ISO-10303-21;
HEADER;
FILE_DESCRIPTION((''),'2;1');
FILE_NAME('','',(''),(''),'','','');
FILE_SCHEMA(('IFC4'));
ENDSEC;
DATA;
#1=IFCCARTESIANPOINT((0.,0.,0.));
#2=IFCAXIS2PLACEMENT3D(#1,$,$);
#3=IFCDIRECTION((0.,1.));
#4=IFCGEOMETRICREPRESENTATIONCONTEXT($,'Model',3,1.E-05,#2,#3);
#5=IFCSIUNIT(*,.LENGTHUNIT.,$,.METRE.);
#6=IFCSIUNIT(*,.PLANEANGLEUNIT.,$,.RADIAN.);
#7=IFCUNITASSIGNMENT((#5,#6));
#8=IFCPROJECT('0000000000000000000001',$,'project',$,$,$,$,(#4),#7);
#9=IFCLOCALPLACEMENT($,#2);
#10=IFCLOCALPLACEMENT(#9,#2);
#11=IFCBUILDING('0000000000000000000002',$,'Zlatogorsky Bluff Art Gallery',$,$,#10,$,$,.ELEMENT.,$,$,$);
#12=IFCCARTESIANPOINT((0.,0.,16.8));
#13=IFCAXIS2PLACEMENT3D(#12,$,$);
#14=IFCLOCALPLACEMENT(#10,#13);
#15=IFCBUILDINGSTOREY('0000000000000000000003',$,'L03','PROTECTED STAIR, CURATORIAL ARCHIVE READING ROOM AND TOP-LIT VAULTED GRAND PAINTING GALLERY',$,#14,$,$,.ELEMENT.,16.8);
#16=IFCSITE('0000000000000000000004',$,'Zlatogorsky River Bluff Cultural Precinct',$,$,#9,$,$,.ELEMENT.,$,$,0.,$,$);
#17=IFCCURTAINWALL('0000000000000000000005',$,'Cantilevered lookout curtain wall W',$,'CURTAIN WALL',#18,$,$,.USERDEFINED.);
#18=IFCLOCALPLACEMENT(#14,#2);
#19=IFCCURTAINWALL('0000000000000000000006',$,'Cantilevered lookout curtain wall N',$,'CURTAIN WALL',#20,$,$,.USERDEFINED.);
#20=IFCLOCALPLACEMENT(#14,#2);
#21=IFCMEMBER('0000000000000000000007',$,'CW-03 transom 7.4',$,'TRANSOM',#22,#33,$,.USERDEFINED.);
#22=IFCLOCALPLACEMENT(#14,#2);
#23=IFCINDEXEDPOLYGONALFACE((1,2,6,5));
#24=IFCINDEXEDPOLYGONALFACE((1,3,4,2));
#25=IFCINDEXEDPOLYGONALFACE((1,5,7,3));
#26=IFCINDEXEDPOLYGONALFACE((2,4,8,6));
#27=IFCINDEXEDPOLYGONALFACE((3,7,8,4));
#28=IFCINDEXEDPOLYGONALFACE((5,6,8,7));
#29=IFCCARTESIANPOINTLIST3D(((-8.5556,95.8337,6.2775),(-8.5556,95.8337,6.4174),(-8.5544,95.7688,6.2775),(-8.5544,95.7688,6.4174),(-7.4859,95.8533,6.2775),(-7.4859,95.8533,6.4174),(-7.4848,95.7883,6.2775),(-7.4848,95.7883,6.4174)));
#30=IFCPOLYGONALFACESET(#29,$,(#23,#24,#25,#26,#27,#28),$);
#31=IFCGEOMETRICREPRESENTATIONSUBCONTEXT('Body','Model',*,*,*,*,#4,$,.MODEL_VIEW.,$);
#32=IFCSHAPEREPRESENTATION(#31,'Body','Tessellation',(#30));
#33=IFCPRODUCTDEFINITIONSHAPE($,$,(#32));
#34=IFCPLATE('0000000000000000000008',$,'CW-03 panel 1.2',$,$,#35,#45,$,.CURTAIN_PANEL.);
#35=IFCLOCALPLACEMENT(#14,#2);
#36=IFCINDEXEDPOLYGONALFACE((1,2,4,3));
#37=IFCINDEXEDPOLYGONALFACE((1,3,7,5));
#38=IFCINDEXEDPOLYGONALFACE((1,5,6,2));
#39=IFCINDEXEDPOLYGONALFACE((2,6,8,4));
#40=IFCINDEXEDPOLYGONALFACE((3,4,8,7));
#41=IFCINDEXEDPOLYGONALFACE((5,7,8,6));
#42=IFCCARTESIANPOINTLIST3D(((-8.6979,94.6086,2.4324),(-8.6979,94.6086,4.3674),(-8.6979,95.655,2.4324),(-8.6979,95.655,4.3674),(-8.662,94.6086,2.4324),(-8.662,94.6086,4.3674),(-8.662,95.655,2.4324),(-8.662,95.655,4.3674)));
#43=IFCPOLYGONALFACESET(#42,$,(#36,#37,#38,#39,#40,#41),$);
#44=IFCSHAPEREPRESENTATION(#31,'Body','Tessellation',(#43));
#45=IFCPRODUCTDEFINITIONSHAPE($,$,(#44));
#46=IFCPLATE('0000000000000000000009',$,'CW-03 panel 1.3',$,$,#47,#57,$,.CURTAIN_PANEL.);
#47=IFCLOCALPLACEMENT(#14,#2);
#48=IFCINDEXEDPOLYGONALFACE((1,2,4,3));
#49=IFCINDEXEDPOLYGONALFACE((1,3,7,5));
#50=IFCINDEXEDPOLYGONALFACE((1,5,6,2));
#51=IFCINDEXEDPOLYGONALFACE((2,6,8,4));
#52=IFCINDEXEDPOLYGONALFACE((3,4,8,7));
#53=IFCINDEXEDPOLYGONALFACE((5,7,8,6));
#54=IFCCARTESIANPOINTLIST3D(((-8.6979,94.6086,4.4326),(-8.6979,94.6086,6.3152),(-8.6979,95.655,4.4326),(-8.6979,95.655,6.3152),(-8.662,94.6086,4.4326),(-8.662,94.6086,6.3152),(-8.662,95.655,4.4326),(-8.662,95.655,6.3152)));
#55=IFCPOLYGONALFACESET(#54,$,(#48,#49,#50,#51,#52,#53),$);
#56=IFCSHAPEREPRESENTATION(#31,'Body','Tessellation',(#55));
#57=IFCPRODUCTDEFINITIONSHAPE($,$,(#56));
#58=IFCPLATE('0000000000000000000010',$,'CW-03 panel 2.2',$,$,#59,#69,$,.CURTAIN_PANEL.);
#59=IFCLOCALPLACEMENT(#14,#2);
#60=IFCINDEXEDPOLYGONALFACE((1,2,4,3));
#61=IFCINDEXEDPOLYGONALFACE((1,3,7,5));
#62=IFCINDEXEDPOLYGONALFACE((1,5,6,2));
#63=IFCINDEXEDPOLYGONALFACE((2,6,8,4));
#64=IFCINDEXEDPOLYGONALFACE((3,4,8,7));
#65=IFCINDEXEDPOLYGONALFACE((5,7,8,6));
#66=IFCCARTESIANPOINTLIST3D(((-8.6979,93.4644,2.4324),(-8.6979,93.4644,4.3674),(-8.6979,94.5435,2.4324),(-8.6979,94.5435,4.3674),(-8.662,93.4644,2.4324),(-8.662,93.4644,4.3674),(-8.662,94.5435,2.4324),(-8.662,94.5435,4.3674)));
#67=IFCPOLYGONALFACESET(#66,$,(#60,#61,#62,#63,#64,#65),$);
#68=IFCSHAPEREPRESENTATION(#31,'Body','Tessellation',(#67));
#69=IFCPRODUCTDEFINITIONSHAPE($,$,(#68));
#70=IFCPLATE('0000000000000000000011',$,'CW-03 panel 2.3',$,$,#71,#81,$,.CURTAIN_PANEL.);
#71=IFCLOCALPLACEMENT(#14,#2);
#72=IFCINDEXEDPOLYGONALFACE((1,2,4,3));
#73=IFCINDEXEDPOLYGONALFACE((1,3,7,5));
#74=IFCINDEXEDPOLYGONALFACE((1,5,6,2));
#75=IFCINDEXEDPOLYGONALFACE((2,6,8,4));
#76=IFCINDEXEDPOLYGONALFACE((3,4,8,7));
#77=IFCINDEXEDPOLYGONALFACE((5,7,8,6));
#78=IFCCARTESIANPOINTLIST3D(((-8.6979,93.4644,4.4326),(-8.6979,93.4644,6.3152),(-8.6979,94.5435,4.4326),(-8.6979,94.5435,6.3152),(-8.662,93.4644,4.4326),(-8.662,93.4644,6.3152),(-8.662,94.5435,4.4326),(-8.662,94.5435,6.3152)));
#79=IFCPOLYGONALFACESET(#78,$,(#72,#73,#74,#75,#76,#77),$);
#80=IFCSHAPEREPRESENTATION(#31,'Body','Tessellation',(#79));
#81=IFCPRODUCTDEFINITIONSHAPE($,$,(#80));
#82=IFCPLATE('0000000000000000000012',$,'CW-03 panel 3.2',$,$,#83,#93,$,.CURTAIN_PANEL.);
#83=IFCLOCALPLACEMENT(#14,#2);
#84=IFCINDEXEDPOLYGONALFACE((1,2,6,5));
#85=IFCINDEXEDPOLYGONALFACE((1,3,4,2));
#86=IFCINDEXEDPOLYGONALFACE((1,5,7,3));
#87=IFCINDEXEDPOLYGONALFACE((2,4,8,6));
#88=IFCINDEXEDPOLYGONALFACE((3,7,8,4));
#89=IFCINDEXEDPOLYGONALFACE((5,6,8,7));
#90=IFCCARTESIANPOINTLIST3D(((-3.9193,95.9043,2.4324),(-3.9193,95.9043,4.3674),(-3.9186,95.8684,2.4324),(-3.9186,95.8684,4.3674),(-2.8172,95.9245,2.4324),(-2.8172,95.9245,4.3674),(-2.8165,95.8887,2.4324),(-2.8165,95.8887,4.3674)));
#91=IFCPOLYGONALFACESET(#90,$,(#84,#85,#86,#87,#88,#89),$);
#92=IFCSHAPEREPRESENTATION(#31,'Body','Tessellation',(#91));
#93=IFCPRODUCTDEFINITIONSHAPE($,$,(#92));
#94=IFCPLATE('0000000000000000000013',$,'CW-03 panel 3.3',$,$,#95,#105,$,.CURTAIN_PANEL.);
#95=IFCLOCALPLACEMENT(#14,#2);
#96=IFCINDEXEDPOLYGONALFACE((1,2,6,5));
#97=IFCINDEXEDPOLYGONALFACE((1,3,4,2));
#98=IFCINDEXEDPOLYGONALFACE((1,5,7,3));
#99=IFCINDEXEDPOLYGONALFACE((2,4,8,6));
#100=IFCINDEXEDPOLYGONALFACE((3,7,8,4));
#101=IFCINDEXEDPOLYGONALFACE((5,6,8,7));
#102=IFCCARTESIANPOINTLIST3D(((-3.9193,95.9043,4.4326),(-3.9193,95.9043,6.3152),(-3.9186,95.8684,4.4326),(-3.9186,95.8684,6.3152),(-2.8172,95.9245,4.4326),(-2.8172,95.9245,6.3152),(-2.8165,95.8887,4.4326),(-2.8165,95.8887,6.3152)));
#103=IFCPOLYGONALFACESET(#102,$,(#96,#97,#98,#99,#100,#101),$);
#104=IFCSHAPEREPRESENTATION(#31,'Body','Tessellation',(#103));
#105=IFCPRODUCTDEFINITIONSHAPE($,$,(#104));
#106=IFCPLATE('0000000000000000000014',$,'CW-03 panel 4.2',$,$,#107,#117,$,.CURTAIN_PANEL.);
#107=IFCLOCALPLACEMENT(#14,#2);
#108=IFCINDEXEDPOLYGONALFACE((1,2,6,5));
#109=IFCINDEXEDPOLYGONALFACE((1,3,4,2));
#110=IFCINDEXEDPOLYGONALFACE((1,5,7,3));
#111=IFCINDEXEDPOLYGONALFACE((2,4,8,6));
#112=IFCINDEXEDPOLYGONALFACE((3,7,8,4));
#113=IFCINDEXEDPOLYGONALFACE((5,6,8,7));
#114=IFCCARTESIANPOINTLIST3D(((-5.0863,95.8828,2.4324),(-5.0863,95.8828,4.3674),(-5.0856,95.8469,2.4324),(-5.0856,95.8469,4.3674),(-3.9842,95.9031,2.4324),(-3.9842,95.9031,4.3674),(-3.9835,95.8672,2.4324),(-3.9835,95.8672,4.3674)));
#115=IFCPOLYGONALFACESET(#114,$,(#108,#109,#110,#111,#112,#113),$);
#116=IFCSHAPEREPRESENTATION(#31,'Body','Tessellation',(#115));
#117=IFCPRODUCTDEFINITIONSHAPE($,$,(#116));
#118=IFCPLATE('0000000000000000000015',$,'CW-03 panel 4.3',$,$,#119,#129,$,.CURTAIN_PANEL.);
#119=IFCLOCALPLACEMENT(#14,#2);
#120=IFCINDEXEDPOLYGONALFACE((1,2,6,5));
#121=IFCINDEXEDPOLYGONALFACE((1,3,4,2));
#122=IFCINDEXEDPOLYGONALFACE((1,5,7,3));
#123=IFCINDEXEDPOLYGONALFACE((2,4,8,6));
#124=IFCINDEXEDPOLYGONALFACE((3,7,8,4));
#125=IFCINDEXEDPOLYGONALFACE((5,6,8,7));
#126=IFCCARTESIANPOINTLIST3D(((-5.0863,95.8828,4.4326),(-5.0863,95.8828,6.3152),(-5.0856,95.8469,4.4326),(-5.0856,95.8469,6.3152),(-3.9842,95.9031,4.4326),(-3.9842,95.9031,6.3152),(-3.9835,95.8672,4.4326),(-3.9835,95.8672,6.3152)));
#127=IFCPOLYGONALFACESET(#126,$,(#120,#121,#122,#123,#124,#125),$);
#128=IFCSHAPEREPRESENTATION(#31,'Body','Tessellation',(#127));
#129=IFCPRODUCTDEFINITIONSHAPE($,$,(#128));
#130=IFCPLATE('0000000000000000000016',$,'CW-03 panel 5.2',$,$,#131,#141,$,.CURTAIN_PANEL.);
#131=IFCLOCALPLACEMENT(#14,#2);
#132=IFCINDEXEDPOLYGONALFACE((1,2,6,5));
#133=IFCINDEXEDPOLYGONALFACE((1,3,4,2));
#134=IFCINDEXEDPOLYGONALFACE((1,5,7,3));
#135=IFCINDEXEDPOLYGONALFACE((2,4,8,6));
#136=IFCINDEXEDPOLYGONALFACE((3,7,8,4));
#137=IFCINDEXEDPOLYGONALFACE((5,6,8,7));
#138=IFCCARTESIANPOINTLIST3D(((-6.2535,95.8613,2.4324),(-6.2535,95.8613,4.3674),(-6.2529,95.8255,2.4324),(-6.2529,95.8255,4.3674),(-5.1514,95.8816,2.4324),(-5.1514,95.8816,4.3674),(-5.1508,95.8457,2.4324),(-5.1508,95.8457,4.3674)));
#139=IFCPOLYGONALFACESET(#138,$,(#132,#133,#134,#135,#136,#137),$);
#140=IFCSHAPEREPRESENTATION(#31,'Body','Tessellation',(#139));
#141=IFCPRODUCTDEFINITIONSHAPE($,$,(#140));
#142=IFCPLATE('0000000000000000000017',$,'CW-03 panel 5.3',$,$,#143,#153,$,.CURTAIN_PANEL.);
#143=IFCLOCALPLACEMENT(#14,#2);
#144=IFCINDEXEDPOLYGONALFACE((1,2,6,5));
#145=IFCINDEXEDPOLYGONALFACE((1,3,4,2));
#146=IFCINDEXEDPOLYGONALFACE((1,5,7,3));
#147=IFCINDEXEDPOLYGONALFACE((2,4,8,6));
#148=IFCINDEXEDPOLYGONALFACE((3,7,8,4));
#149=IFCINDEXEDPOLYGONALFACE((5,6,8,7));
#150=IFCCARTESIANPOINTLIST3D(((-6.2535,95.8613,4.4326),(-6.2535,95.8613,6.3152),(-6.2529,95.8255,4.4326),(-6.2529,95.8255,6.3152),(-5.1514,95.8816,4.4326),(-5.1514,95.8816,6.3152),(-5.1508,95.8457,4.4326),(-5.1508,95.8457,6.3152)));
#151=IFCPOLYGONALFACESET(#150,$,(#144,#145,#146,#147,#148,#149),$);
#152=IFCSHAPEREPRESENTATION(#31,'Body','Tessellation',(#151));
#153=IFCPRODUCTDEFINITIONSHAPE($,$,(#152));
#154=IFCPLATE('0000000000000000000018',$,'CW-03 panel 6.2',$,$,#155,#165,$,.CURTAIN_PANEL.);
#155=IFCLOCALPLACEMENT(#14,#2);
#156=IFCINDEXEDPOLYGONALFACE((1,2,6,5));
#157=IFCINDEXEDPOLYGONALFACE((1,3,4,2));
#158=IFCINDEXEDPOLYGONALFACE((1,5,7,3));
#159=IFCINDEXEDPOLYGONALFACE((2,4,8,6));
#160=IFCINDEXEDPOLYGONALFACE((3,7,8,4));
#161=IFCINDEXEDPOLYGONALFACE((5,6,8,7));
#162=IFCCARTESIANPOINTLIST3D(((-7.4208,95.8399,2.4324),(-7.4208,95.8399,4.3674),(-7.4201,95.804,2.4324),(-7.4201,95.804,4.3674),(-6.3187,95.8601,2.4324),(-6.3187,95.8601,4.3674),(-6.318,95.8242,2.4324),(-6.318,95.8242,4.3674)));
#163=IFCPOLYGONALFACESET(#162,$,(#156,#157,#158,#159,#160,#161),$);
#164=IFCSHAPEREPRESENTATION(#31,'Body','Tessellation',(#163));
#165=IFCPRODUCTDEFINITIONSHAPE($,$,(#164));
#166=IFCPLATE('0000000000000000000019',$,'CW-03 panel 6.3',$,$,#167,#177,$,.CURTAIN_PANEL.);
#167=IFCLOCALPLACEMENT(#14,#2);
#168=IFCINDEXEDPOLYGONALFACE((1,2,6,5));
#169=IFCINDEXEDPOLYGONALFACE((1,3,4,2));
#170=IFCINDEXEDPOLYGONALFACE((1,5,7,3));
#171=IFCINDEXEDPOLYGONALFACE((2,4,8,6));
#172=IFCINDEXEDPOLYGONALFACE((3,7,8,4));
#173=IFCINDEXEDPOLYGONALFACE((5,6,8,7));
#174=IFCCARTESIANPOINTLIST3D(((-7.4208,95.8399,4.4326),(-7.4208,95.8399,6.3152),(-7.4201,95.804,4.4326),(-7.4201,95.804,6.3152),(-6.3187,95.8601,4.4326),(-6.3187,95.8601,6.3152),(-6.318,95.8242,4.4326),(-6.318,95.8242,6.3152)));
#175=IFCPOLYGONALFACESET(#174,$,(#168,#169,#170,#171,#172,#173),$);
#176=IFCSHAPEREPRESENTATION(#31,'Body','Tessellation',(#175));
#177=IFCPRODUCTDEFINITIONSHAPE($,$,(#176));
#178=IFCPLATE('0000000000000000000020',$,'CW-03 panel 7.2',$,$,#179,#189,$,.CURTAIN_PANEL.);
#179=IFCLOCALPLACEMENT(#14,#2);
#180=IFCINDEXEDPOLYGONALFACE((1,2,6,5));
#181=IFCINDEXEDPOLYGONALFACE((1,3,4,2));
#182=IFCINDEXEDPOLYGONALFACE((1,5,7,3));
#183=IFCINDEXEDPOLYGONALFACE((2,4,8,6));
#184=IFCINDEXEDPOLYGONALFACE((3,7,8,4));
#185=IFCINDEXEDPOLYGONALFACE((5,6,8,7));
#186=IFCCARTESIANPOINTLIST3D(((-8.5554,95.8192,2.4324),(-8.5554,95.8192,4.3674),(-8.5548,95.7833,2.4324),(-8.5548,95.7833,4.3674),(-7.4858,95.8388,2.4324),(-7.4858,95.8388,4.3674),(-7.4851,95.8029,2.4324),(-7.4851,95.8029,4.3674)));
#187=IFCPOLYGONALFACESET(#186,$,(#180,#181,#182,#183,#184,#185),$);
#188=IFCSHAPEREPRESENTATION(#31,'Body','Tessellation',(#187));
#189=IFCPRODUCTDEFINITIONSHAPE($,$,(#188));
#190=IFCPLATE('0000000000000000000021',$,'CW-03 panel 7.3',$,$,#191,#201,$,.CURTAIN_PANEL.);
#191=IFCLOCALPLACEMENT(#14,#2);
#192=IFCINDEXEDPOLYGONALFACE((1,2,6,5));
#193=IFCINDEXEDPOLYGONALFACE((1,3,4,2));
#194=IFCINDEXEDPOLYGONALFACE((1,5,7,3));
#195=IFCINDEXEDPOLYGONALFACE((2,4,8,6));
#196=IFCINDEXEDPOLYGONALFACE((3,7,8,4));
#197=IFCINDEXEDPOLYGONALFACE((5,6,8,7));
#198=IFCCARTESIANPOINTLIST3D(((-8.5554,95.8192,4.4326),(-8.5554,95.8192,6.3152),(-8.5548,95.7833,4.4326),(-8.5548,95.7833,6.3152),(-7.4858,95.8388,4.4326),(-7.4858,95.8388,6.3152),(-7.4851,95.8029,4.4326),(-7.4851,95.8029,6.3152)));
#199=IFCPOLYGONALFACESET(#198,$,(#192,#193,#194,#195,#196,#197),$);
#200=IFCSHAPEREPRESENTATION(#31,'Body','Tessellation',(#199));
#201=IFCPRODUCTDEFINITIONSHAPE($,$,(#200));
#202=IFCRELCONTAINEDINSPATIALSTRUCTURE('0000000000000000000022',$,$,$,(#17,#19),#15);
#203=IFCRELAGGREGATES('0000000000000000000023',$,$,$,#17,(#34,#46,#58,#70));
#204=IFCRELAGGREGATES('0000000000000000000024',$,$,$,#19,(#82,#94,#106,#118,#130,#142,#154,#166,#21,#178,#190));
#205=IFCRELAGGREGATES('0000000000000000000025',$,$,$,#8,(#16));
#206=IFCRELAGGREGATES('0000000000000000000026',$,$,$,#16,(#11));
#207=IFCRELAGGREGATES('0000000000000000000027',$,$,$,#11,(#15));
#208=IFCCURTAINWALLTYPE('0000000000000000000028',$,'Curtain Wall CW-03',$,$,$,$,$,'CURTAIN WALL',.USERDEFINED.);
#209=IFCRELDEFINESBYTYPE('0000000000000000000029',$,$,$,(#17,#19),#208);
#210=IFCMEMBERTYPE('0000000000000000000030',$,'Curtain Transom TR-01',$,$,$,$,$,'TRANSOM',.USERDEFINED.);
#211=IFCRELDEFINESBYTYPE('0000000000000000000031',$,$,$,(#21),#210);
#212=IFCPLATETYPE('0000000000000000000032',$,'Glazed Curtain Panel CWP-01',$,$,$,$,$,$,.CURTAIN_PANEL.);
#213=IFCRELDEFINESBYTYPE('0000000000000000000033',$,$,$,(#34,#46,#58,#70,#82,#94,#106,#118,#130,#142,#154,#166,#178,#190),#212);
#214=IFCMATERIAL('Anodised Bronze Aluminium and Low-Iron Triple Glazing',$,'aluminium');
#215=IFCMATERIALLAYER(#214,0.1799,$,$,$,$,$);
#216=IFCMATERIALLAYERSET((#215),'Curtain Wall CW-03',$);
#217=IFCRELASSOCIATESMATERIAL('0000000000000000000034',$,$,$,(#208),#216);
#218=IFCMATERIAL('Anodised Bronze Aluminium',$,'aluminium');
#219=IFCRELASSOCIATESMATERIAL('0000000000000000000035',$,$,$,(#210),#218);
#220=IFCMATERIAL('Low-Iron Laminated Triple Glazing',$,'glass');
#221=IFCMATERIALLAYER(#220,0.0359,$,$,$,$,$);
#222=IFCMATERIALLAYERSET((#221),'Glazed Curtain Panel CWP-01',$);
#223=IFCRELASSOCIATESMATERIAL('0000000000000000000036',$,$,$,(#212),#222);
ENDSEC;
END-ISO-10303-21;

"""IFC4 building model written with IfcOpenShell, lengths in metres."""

from ifc_helpers import new_model, si_unit, direction, frame, origin, origin_2d, place, context, subcontext, project, spatial, rectangle, extrude, material, layer, layer_set, material_profile, profile_set, type_object, element, aggregate, save


model = new_model("IFC4")

# Units and contexts
model_context = context("Model", 3, precision=1e-05, world=origin(), true_north=direction((0.0, 1.0)))
body_context = subcontext(model_context, "Body", "Model", "MODEL_VIEW")
ifc_project = project(units=[si_unit("LENGTHUNIT", "METRE"), si_unit("PLANEANGLEUNIT", "RADIAN")], contexts=[model_context])

# Site, building, storey
site_placement = place(None, origin())
site = spatial("IfcSite", under=ifc_project, at=site_placement, Name="Zlatogorsky River Bluff Cultural Precinct", CompositionType="ELEMENT", RefElevation=0.0)
building_placement = place(site_placement, origin())
building = spatial("IfcBuilding", under=site, at=building_placement, Name="Zlatogorsky Bluff Art Gallery", CompositionType="ELEMENT")
storey_placement = place(building_placement, frame((0.0, 0.0, 16.8)))
storey = spatial("IfcBuildingStorey", under=building, at=storey_placement, Name="L03", Description="PROTECTED STAIR, CURATORIAL ARCHIVE READING ROOM AND TOP-LIT VAULTED GRAND PAINTING GALLERY", CompositionType="ELEMENT", Elevation=16.8)

# Curtain walls, member
ifc_material_1 = material(Name="Anodised Bronze Aluminium and Low-Iron Triple Glazing", Category="aluminium")
ifc_layer_1 = layer(ifc_material_1, 0.1799)
ifc_layer_set_1 = layer_set([ifc_layer_1], Name="Curtain Wall CW-03")
curtain_wall_type = type_object("IfcCurtainWallType", Name="Curtain Wall CW-03", ElementType="CURTAIN WALL", PredefinedType="USERDEFINED", material=ifc_layer_set_1)
curtain_wall_1_placement = place(storey_placement, origin())
curtain_wall_1 = element("IfcCurtainWall", 1, at=curtain_wall_1_placement, inside=storey, type_object=curtain_wall_type, Name="Cantilevered lookout curtain wall W", ObjectType="CURTAIN WALL", PredefinedType="USERDEFINED")
ifc_material_2 = material(Name="Anodised Bronze Aluminium", Category="aluminium")
ifc_material_profile = material_profile(ifc_material_2, rectangle(XDim=0.0649, YDim=0.1399, at=origin_2d()), Name="ALU TRANSOM 65x140")
ifc_profile_set = profile_set([ifc_material_profile], Name="Anodised Bronze Aluminium")
member_type = type_object("IfcMemberType", Name="Curtain Transom TR-01", ElementType="TRANSOM", PredefinedType="USERDEFINED", material=ifc_profile_set)
curtain_wall_2_placement = place(storey_placement, origin())
curtain_wall_2 = element("IfcCurtainWall", 2, at=curtain_wall_2_placement, inside=storey, type_object=curtain_wall_type, Name="Cantilevered lookout curtain wall N", ObjectType="CURTAIN WALL", PredefinedType="USERDEFINED")
member_1_placement = place(storey_placement, frame((-7.4854, 95.8208, 6.3474), z_axis=(-0.999833, -0.018258, 0.0), x_axis=(0.018258, -0.999833, 0.0)))
member_1 = element("IfcMember", 3, at=member_1_placement, type_object=member_type, Name="CW-03 transom 7.4", ObjectType="TRANSOM", PredefinedType="USERDEFINED", context=body_context, shape_type="SweptSolid", body=[
    extrude(rectangle(XDim=0.0649, YDim=0.1399, at=origin_2d()), origin(), (0.0, 0.0, 1.0), 1.0698),
])

# Plates
ifc_material_3 = material(Name="Low-Iron Laminated Triple Glazing", Category="glass")
ifc_layer_2 = layer(ifc_material_3, 0.0359)
ifc_layer_set_2 = layer_set([ifc_layer_2], Name="Glazed Curtain Panel CWP-01")
plate_type = type_object("IfcPlateType", Name="Glazed Curtain Panel CWP-01", PredefinedType="CURTAIN_PANEL", material=ifc_layer_set_2)
plate_1_placement = place(storey_placement, frame((-8.6799, 95.1318, 2.4324), z_axis=(0.0, 0.0, 1.0), x_axis=(0.0, -1.0, 0.0)))
plate_1 = element("IfcPlate", 4, at=plate_1_placement, type_object=plate_type, Name="CW-03 panel 1.2", PredefinedType="CURTAIN_PANEL", context=body_context, shape_type="SweptSolid", body=[
    extrude(rectangle(XDim=1.0464, YDim=0.0359, at=origin_2d()), origin(), (0.0, 0.0, 1.0), 1.9351),
])
plate_2_placement = place(storey_placement, frame((-8.6799, 95.1318, 4.4326), z_axis=(0.0, 0.0, 1.0), x_axis=(0.0, -1.0, 0.0)))
plate_2 = element("IfcPlate", 5, at=plate_2_placement, type_object=plate_type, Name="CW-03 panel 1.3", PredefinedType="CURTAIN_PANEL", context=body_context, shape_type="SweptSolid", body=[
    extrude(rectangle(XDim=1.0464, YDim=0.0359, at=origin_2d()), origin(), (0.0, 0.0, 1.0), 1.8826),
])
plate_3_placement = place(storey_placement, frame((-8.6799, 94.0039, 2.4324), z_axis=(0.0, 0.0, 1.0), x_axis=(0.0, -1.0, 0.0)))
plate_3 = element("IfcPlate", 6, at=plate_3_placement, type_object=plate_type, Name="CW-03 panel 2.2", PredefinedType="CURTAIN_PANEL", context=body_context, shape_type="SweptSolid", body=[
    extrude(rectangle(XDim=1.0791, YDim=0.0359, at=origin_2d()), origin(), (0.0, 0.0, 1.0), 1.9351),
])
plate_4_placement = place(storey_placement, frame((-8.6799, 94.0039, 4.4326), z_axis=(0.0, 0.0, 1.0), x_axis=(0.0, -1.0, 0.0)))
plate_4 = element("IfcPlate", 7, at=plate_4_placement, type_object=plate_type, Name="CW-03 panel 2.3", PredefinedType="CURTAIN_PANEL", context=body_context, shape_type="SweptSolid", body=[
    extrude(rectangle(XDim=1.0791, YDim=0.0359, at=origin_2d()), origin(), (0.0, 0.0, 1.0), 1.8826),
])
aggregate(curtain_wall_1, [plate_1, plate_2, plate_3, plate_4])
plate_5_placement = place(storey_placement, frame((-3.3679, 95.8965, 2.4324), z_axis=(0.0, 0.0, 1.0), x_axis=(-0.999832, -0.018357, 0.0)))
plate_5 = element("IfcPlate", 8, at=plate_5_placement, type_object=plate_type, Name="CW-03 panel 3.2", PredefinedType="CURTAIN_PANEL", context=body_context, shape_type="SweptSolid", body=[
    extrude(rectangle(XDim=1.1023, YDim=0.0359, at=origin_2d()), origin(), (0.0, 0.0, 1.0), 1.9351),
])
plate_6_placement = place(storey_placement, frame((-3.3679, 95.8965, 4.4326), z_axis=(0.0, 0.0, 1.0), x_axis=(-0.999832, -0.018357, 0.0)))
plate_6 = element("IfcPlate", 9, at=plate_6_placement, type_object=plate_type, Name="CW-03 panel 3.3", PredefinedType="CURTAIN_PANEL", context=body_context, shape_type="SweptSolid", body=[
    extrude(rectangle(XDim=1.1023, YDim=0.0359, at=origin_2d()), origin(), (0.0, 0.0, 1.0), 1.8826),
])
plate_7_placement = place(storey_placement, frame((-4.5349, 95.875, 2.4324), z_axis=(0.0, 0.0, 1.0), x_axis=(-0.999832, -0.018357, 0.0)))
plate_7 = element("IfcPlate", 10, at=plate_7_placement, type_object=plate_type, Name="CW-03 panel 4.2", PredefinedType="CURTAIN_PANEL", context=body_context, shape_type="SweptSolid", body=[
    extrude(rectangle(XDim=1.1023, YDim=0.0359, at=origin_2d()), origin(), (0.0, 0.0, 1.0), 1.9351),
])
plate_8_placement = place(storey_placement, frame((-4.5349, 95.875, 4.4326), z_axis=(0.0, 0.0, 1.0), x_axis=(-0.999832, -0.018357, 0.0)))
plate_8 = element("IfcPlate", 11, at=plate_8_placement, type_object=plate_type, Name="CW-03 panel 4.3", PredefinedType="CURTAIN_PANEL", context=body_context, shape_type="SweptSolid", body=[
    extrude(rectangle(XDim=1.1023, YDim=0.0359, at=origin_2d()), origin(), (0.0, 0.0, 1.0), 1.8826),
])
plate_9_placement = place(storey_placement, frame((-5.7021, 95.8535, 2.4324), z_axis=(0.0, 0.0, 1.0), x_axis=(-0.999832, -0.018357, 0.0)))
plate_9 = element("IfcPlate", 12, at=plate_9_placement, type_object=plate_type, Name="CW-03 panel 5.2", PredefinedType="CURTAIN_PANEL", context=body_context, shape_type="SweptSolid", body=[
    extrude(rectangle(XDim=1.1023, YDim=0.0359, at=origin_2d()), origin(), (0.0, 0.0, 1.0), 1.9351),
])
plate_10_placement = place(storey_placement, frame((-5.7021, 95.8535, 4.4326), z_axis=(0.0, 0.0, 1.0), x_axis=(-0.999832, -0.018357, 0.0)))
plate_10 = element("IfcPlate", 13, at=plate_10_placement, type_object=plate_type, Name="CW-03 panel 5.3", PredefinedType="CURTAIN_PANEL", context=body_context, shape_type="SweptSolid", body=[
    extrude(rectangle(XDim=1.1023, YDim=0.0359, at=origin_2d()), origin(), (0.0, 0.0, 1.0), 1.8826),
])
plate_11_placement = place(storey_placement, frame((-6.8694, 95.832, 2.4324), z_axis=(0.0, 0.0, 1.0), x_axis=(-0.999832, -0.018357, 0.0)))
plate_11 = element("IfcPlate", 14, at=plate_11_placement, type_object=plate_type, Name="CW-03 panel 6.2", PredefinedType="CURTAIN_PANEL", context=body_context, shape_type="SweptSolid", body=[
    extrude(rectangle(XDim=1.1023, YDim=0.0359, at=origin_2d()), origin(), (0.0, 0.0, 1.0), 1.9351),
])
plate_12_placement = place(storey_placement, frame((-6.8694, 95.832, 4.4326), z_axis=(0.0, 0.0, 1.0), x_axis=(-0.999832, -0.018357, 0.0)))
plate_12 = element("IfcPlate", 15, at=plate_12_placement, type_object=plate_type, Name="CW-03 panel 6.3", PredefinedType="CURTAIN_PANEL", context=body_context, shape_type="SweptSolid", body=[
    extrude(rectangle(XDim=1.1023, YDim=0.0359, at=origin_2d()), origin(), (0.0, 0.0, 1.0), 1.8826),
])
plate_13_placement = place(storey_placement, frame((-8.0203, 95.811, 2.4324), z_axis=(0.0, 0.0, 1.0), x_axis=(-0.999832, -0.018357, 0.0)))
plate_13 = element("IfcPlate", 16, at=plate_13_placement, type_object=plate_type, Name="CW-03 panel 7.2", PredefinedType="CURTAIN_PANEL", context=body_context, shape_type="SweptSolid", body=[
    extrude(rectangle(XDim=1.0698, YDim=0.0359, at=origin_2d()), origin(), (0.0, 0.0, 1.0), 1.9351),
])
plate_14_placement = place(storey_placement, frame((-8.0203, 95.811, 4.4326), z_axis=(0.0, 0.0, 1.0), x_axis=(-0.999832, -0.018357, 0.0)))
plate_14 = element("IfcPlate", 17, at=plate_14_placement, type_object=plate_type, Name="CW-03 panel 7.3", PredefinedType="CURTAIN_PANEL", context=body_context, shape_type="SweptSolid", body=[
    extrude(rectangle(XDim=1.0698, YDim=0.0359, at=origin_2d()), origin(), (0.0, 0.0, 1.0), 1.8826),
])
aggregate(curtain_wall_2, [plate_5, plate_6, plate_7, plate_8, plate_9, plate_10, plate_11, plate_12, member_1, plate_13, plate_14])

save(model, "model.ifc")
